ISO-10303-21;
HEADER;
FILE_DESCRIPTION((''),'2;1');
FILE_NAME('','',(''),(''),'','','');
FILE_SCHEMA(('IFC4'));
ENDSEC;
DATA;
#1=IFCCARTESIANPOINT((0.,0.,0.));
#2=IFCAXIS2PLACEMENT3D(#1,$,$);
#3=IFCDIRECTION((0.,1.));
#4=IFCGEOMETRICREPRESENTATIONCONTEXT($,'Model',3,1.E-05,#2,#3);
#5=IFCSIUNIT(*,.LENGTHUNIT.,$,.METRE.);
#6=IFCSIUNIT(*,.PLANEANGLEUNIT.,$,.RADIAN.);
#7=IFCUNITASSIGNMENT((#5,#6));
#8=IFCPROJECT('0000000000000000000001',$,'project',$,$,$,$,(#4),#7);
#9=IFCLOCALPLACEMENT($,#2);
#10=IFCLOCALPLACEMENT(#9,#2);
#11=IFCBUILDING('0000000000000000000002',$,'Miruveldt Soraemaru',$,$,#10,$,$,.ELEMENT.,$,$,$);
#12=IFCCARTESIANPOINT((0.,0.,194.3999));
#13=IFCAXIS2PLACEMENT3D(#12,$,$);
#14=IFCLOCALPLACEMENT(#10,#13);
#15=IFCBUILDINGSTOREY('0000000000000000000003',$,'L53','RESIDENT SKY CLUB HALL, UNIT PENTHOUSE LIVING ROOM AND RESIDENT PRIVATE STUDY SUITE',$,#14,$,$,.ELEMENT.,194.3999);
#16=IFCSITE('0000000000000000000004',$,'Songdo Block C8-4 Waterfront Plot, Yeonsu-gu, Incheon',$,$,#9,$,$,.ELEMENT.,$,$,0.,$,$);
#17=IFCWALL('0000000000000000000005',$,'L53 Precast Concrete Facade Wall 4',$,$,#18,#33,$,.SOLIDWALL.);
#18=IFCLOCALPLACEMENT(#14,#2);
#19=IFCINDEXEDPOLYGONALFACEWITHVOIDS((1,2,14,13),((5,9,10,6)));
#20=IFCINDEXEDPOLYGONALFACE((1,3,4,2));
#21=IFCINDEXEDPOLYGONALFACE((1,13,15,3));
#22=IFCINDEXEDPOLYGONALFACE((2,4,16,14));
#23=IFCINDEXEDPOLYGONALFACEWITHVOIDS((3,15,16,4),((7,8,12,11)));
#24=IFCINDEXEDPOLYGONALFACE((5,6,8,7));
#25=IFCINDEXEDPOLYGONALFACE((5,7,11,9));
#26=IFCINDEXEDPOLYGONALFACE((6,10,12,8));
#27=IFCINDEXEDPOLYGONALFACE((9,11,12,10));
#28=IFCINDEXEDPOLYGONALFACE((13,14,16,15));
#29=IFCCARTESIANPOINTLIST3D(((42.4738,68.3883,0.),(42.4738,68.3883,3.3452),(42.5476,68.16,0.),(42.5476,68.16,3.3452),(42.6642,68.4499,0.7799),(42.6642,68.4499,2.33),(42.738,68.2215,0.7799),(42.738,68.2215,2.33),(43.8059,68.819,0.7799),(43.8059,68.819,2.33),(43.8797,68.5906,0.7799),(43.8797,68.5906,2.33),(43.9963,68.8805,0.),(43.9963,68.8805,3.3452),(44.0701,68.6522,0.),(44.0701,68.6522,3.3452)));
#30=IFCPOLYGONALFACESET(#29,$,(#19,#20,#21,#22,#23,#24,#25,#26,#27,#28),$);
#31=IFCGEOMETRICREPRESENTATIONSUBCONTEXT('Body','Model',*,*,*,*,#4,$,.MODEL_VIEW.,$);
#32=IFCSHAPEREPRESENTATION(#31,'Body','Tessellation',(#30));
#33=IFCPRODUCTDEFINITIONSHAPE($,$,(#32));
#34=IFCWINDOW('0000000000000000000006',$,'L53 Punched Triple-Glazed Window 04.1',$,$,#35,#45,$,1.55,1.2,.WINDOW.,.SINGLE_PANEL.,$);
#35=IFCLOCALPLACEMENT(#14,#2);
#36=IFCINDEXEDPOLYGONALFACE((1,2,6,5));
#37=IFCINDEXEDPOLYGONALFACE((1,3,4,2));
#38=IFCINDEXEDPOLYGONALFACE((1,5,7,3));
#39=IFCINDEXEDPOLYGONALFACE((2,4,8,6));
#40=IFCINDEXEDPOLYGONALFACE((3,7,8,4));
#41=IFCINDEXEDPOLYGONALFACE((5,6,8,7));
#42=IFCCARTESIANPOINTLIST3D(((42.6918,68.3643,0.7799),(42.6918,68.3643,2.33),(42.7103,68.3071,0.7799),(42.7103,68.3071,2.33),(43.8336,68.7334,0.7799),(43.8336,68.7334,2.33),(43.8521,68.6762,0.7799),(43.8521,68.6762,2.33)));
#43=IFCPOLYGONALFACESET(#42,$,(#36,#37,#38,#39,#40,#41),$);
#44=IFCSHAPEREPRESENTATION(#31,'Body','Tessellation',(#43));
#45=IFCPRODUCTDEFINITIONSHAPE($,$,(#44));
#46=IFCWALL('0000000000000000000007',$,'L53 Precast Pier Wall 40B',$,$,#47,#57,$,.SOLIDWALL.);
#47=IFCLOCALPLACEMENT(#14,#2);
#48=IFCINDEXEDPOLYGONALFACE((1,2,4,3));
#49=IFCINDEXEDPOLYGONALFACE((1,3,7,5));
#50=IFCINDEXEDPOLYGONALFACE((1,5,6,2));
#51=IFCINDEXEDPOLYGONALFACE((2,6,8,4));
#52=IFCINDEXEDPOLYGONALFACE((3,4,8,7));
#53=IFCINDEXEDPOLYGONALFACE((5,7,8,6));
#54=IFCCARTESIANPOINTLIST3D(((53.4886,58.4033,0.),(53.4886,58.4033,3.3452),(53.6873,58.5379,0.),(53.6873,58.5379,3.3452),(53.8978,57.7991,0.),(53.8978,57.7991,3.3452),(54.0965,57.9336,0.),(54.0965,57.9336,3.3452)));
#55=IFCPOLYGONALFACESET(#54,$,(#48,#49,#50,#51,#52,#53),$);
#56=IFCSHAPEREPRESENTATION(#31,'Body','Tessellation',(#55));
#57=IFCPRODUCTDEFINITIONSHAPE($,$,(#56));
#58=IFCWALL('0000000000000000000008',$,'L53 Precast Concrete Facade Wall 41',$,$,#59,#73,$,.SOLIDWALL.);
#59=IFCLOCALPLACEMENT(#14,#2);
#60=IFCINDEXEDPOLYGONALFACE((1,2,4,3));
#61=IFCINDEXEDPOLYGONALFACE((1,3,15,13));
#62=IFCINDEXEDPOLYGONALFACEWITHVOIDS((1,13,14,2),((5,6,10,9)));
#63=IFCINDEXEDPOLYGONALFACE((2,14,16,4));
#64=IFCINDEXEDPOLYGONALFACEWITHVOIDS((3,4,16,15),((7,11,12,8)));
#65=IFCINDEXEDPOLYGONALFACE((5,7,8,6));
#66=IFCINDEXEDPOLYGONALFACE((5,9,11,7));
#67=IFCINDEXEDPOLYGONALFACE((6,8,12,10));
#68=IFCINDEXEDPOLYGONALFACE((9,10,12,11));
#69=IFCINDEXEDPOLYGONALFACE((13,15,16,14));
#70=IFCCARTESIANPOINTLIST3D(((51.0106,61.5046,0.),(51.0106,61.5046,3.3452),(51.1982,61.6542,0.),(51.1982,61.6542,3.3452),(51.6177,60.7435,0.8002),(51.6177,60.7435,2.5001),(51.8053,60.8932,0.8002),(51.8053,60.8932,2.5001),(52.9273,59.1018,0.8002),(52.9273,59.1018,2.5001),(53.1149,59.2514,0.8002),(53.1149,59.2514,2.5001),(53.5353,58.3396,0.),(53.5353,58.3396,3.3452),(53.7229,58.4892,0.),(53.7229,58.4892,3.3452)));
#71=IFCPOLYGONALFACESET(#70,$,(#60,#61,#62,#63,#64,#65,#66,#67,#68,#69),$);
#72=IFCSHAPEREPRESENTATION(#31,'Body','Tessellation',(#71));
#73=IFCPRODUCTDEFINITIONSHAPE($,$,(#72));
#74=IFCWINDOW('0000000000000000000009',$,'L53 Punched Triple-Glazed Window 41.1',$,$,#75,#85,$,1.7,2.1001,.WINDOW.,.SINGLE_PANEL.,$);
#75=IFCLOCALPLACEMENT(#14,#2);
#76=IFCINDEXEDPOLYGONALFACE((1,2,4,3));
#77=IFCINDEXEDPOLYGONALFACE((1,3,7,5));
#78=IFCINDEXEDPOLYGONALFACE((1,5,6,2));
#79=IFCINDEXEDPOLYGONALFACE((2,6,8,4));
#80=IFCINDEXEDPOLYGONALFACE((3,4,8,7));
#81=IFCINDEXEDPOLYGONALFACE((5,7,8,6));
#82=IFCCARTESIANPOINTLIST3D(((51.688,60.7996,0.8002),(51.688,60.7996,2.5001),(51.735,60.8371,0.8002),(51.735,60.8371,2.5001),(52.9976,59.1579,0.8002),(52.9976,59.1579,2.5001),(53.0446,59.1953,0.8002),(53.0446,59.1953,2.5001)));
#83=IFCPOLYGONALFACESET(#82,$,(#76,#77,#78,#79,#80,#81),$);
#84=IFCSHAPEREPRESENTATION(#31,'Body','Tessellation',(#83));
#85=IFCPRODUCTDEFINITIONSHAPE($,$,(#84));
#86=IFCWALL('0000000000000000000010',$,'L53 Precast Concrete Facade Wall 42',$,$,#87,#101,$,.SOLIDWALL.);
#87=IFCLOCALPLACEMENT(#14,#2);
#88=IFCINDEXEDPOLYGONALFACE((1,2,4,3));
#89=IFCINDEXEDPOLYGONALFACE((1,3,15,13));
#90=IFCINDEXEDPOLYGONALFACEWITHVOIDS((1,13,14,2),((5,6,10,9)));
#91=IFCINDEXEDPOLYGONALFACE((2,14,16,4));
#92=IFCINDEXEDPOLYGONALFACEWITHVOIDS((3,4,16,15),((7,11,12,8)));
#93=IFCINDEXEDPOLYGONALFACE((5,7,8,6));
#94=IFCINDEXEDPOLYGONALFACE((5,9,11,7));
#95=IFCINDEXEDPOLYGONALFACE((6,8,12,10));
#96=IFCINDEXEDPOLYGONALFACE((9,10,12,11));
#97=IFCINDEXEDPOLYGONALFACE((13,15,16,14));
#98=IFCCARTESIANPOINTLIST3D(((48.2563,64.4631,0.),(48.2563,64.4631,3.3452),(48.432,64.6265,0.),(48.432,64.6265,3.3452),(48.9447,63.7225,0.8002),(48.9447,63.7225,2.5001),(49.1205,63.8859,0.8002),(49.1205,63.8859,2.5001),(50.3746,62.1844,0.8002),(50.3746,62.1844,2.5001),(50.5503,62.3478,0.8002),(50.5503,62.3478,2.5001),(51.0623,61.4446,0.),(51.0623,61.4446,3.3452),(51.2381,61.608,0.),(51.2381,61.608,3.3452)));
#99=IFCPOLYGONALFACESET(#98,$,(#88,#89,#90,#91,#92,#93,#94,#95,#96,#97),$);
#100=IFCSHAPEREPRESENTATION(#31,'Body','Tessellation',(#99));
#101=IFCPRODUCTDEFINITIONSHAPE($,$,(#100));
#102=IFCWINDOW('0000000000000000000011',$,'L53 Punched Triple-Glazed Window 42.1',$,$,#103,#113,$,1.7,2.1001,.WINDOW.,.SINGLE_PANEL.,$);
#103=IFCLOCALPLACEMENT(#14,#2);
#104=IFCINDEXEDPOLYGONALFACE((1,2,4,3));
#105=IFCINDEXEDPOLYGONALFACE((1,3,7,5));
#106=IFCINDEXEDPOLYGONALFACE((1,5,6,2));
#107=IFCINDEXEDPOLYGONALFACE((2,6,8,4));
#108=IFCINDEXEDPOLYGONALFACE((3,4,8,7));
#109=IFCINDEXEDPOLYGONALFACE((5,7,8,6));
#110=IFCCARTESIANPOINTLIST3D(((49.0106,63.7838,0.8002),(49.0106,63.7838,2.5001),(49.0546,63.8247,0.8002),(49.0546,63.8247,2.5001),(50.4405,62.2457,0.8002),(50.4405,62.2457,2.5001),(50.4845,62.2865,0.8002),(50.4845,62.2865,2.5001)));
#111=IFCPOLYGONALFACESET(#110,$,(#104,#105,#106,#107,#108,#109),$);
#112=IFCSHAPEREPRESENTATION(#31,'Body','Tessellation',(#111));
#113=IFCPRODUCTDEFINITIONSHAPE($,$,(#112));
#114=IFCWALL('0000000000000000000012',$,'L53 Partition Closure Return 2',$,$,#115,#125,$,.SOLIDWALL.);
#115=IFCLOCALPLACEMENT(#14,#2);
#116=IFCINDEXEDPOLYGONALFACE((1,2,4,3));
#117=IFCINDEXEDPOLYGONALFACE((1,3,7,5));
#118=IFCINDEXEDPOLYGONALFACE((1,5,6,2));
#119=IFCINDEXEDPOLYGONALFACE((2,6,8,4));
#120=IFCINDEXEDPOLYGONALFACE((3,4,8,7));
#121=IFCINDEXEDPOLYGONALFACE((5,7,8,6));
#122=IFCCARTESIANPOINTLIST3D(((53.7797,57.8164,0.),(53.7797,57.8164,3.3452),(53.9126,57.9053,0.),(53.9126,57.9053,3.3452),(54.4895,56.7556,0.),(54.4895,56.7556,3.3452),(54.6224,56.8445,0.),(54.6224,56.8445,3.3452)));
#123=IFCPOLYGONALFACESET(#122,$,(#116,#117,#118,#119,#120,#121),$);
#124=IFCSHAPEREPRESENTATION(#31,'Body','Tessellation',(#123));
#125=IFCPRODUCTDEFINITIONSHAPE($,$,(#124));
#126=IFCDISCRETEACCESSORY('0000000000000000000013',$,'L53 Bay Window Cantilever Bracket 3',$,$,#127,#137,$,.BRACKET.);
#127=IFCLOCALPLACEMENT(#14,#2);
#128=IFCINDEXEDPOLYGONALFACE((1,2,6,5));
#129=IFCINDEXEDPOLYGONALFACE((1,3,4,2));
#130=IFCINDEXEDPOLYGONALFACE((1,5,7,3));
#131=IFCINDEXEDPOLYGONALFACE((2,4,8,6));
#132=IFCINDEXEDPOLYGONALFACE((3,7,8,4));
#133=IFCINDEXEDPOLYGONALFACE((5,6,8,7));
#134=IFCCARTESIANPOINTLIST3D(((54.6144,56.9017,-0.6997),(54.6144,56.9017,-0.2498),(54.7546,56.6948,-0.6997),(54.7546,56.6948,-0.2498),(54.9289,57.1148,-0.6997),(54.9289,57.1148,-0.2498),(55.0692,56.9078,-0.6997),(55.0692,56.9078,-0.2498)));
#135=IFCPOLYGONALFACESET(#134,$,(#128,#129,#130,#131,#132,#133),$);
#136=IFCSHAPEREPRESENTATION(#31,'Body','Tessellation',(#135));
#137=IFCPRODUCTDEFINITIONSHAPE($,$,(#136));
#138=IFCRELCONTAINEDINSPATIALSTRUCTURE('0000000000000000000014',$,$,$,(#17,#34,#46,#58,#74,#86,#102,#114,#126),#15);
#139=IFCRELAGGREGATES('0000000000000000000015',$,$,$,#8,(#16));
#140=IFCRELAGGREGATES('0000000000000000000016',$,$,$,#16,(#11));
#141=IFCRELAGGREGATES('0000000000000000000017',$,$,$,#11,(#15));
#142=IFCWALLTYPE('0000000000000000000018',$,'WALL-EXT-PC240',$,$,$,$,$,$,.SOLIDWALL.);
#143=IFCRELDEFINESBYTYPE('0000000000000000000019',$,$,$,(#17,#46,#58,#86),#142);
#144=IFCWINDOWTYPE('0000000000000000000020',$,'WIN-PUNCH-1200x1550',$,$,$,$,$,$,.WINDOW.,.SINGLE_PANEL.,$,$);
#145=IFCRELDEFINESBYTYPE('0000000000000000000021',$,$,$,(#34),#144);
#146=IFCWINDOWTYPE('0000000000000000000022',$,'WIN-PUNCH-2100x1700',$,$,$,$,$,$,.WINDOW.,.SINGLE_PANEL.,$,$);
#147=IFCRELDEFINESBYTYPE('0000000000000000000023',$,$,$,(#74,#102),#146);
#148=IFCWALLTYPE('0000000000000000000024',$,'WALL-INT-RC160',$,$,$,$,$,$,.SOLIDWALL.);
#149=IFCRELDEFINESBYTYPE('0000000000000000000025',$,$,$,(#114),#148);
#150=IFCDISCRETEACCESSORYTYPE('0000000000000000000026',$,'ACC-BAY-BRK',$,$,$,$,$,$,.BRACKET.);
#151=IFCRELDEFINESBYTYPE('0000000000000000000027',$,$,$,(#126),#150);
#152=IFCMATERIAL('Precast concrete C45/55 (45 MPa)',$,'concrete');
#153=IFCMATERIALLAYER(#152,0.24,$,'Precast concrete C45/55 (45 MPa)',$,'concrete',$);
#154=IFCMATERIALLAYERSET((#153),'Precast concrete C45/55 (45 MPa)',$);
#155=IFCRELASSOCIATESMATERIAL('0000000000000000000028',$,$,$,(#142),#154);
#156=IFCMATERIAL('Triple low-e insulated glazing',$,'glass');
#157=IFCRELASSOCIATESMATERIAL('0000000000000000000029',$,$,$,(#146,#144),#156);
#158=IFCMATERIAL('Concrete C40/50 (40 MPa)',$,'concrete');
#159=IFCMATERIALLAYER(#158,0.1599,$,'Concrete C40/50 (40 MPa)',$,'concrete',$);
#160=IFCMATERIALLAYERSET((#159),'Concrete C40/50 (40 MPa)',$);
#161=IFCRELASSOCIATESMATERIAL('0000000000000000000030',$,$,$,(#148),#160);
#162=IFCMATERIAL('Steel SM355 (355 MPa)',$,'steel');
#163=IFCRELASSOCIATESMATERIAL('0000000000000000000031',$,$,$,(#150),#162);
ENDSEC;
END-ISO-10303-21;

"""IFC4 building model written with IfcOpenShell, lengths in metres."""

from ifc_helpers import new_model, si_unit, direction, frame, frame_2d, origin, origin_2d, place, context, subcontext, project, spatial, rectangle, extrude, material, layer, layer_set, type_object, element, fill, save


model = new_model("IFC4")

# Units and contexts
model_context = context("Model", 3, precision=1e-05, world=origin(), true_north=direction((0.0, 1.0)))
body_context = subcontext(model_context, "Body", "Model", "MODEL_VIEW")
ifc_project = project(units=[si_unit("LENGTHUNIT", "METRE"), si_unit("PLANEANGLEUNIT", "RADIAN")], contexts=[model_context])

# Site, building, storey
site_placement = place(None, origin())
site = spatial("IfcSite", under=ifc_project, at=site_placement, Name="Songdo Block C8-4 Waterfront Plot, Yeonsu-gu, Incheon", CompositionType="ELEMENT", RefElevation=0.0)
building_placement = place(site_placement, origin())
building = spatial("IfcBuilding", under=site, at=building_placement, Name="Miruveldt Soraemaru", CompositionType="ELEMENT")
storey_placement = place(building_placement, frame((0.0, 0.0, 194.3999)))
storey = spatial("IfcBuildingStorey", under=building, at=storey_placement, Name="L53", Description="RESIDENT SKY CLUB HALL, UNIT PENTHOUSE LIVING ROOM AND RESIDENT PRIVATE STUDY SUITE", CompositionType="ELEMENT", Elevation=194.3999)

# Shared definitions
ifc_material_1 = material(Name="Steel SM355 (355 MPa)", Category="steel")

# Wall, opening, window
ifc_material_2 = material(Name="Precast concrete C45/55 (45 MPa)", Category="concrete")
ifc_layer_1 = layer(ifc_material_2, 0.24, Name="Precast concrete C45/55 (45 MPa)", Category="concrete")
ifc_layer_set_1 = layer_set([ifc_layer_1], Name="Precast concrete C45/55 (45 MPa)")
wall_type_1 = type_object("IfcWallType", Name="WALL-EXT-PC240", PredefinedType="SOLIDWALL", material=ifc_layer_set_1)
ifc_material_3 = material(Name="Triple low-e insulated glazing", Category="glass")
window_type_1 = type_object("IfcWindowType", Name="WIN-PUNCH-2100x1700", PartitioningType="SINGLE_PANEL", PredefinedType="WINDOW", material=ifc_material_3)
window_type_2 = type_object("IfcWindowType", Name="WIN-PUNCH-1200x1550", PartitioningType="SINGLE_PANEL", PredefinedType="WINDOW", material=ifc_material_3)
wall_1_placement = place(storey_placement, frame((44.0332, 68.7664, 0.0), z_axis=(0.0, 0.0, 1.0), x_axis=(-0.951513, -0.307609, 0.0)))
wall_1 = element("IfcWall", 1, at=wall_1_placement, inside=storey, type_object=wall_type_1, Name="L53 Precast Concrete Facade Wall 4", PredefinedType="SOLIDWALL", context=body_context, shape_type="SweptSolid", body=[
    extrude(rectangle(XDim=1.6001, YDim=0.24, at=frame_2d((0.8, 0.0))), origin(), (0.0, 0.0, 1.0), 3.3452),
])
opening_1_placement = place(wall_1_placement, frame((0.2, 0.0, 0.78)))
opening_1 = element("IfcOpeningElement", 2, at=opening_1_placement, cuts=wall_1, PredefinedType="OPENING", context=body_context, shape_type="SweptSolid", body=[
    extrude(rectangle(XDim=1.2, YDim=1.55, at=frame_2d((0.6001, 0.7749))), frame((0.0, 0.1299, 0.0), z_axis=(0.0, -1.0, 0.0), x_axis=(1.0, 0.0, 0.0)), (0.0, 0.0, 1.0), 0.26),
])
window_1_placement = place(opening_1_placement, origin())
window_1 = element("IfcWindow", 3, at=window_1_placement, inside=storey, type_object=window_type_2, Name="L53 Punched Triple-Glazed Window 04.1", OverallHeight=1.55, OverallWidth=1.2, PartitioningType="SINGLE_PANEL", PredefinedType="WINDOW", context=body_context, shape_type="SweptSolid", body=[
    extrude(rectangle(XDim=1.2, YDim=1.55, at=frame_2d((0.6001, 0.7749))), frame((0.0, 0.03, 0.0), z_axis=(0.0, -1.0, 0.0), x_axis=(1.0, 0.0, 0.0)), (0.0, 0.0, 1.0), 0.0601),
])
fill(opening_1, window_1)

# Wall
wall_2_placement = place(storey_placement, frame((53.9971, 57.8665, 0.0), z_axis=(0.0, 0.0, 1.0), x_axis=(-0.560708, 0.828014, 0.0)))
element("IfcWall", 4, at=wall_2_placement, inside=storey, type_object=wall_type_1, Name="L53 Precast Pier Wall 40B", PredefinedType="SOLIDWALL", context=body_context, shape_type="SweptSolid", body=[
    extrude(rectangle(XDim=0.7297, YDim=0.24, at=frame_2d((0.3647, 0.0))), origin(), (0.0, 0.0, 1.0), 3.3452),
])

# Walls, openings, windows
wall_3_placement = place(storey_placement, frame((53.6292, 58.4143, 0.0), z_axis=(0.0, 0.0, 1.0), x_axis=(-0.623584, 0.781756, 0.0)))
wall_3 = element("IfcWall", 5, at=wall_3_placement, inside=storey, type_object=wall_type_1, Name="L53 Precast Concrete Facade Wall 41", PredefinedType="SOLIDWALL", context=body_context, shape_type="SweptSolid", body=[
    extrude(rectangle(XDim=4.0486, YDim=0.24, at=frame_2d((2.0244, 0.0))), origin(), (0.0, 0.0, 1.0), 3.3452),
])
opening_2_placement = place(wall_3_placement, frame((0.9751, 0.0, 0.8)))
opening_2 = element("IfcOpeningElement", 6, at=opening_2_placement, cuts=wall_3, PredefinedType="OPENING", context=body_context, shape_type="SweptSolid", body=[
    extrude(rectangle(XDim=2.1001, YDim=1.7, at=frame_2d((1.05, 0.8501))), frame((0.0, 0.1299, 0.0), z_axis=(0.0, -1.0, 0.0), x_axis=(1.0, 0.0, 0.0)), (0.0, 0.0, 1.0), 0.26),
])
window_2_placement = place(opening_2_placement, origin())
window_2 = element("IfcWindow", 7, at=window_2_placement, inside=storey, type_object=window_type_1, Name="L53 Punched Triple-Glazed Window 41.1", OverallHeight=1.7, OverallWidth=2.1001, PartitioningType="SINGLE_PANEL", PredefinedType="WINDOW", context=body_context, shape_type="SweptSolid", body=[
    extrude(rectangle(XDim=2.1001, YDim=1.7, at=frame_2d((1.05, 0.8501))), frame((0.0, 0.03, 0.0), z_axis=(0.0, -1.0, 0.0), x_axis=(1.0, 0.0, 0.0)), (0.0, 0.0, 1.0), 0.0601),
])
fill(opening_2, window_2)
wall_4_placement = place(storey_placement, frame((51.1501, 61.5264, 0.0), z_axis=(0.0, 0.0, 1.0), x_axis=(-0.680869, 0.732405, 0.0)))
wall_4 = element("IfcWall", 8, at=wall_4_placement, inside=storey, type_object=wall_type_1, Name="L53 Precast Concrete Facade Wall 42", PredefinedType="SOLIDWALL", context=body_context, shape_type="SweptSolid", body=[
    extrude(rectangle(XDim=4.1213, YDim=0.24, at=frame_2d((2.0605, 0.0))), origin(), (0.0, 0.0, 1.0), 3.3452),
])
opening_3_placement = place(wall_4_placement, frame((1.01, 0.0, 0.8)))
opening_3 = element("IfcOpeningElement", 9, at=opening_3_placement, cuts=wall_4, PredefinedType="OPENING", context=body_context, shape_type="SweptSolid", body=[
    extrude(rectangle(XDim=2.1001, YDim=1.7, at=frame_2d((1.05, 0.8501))), frame((0.0, 0.1299, 0.0), z_axis=(0.0, -1.0, 0.0), x_axis=(1.0, 0.0, 0.0)), (0.0, 0.0, 1.0), 0.26),
])
window_3_placement = place(opening_3_placement, origin())
window_3 = element("IfcWindow", 10, at=window_3_placement, inside=storey, type_object=window_type_1, Name="L53 Punched Triple-Glazed Window 42.1", OverallHeight=1.7, OverallWidth=2.1001, PartitioningType="SINGLE_PANEL", PredefinedType="WINDOW", context=body_context, shape_type="SweptSolid", body=[
    extrude(rectangle(XDim=2.1001, YDim=1.7, at=frame_2d((1.05, 0.8501))), frame((0.0, 0.03, 0.0), z_axis=(0.0, -1.0, 0.0), x_axis=(1.0, 0.0, 0.0)), (0.0, 0.0, 1.0), 0.0601),
])
fill(opening_3, window_3)

# Wall
ifc_material_4 = material(Name="Concrete C40/50 (40 MPa)", Category="concrete")
ifc_layer_2 = layer(ifc_material_4, 0.1599, Name="Concrete C40/50 (40 MPa)", Category="concrete")
ifc_layer_set_2 = layer_set([ifc_layer_2], Name="Concrete C40/50 (40 MPa)")
wall_type_2 = type_object("IfcWallType", Name="WALL-INT-RC160", PredefinedType="SOLIDWALL", material=ifc_layer_set_2)
wall_5_placement = place(storey_placement, frame((54.5559, 56.8, 0.0), z_axis=(0.0, 0.0, 1.0), x_axis=(-0.556068, 0.831137, 0.0)))
element("IfcWall", 11, at=wall_5_placement, inside=storey, type_object=wall_type_2, Name="L53 Partition Closure Return 2", PredefinedType="SOLIDWALL", context=body_context, shape_type="SweptSolid", body=[
    extrude(rectangle(XDim=1.2764, YDim=0.1599, at=frame_2d((0.6382, 0.0))), origin(), (0.0, 0.0, 1.0), 3.3452),
])

# Discrete accessory
discrete_accessory_type = type_object("IfcDiscreteAccessoryType", Name="ACC-BAY-BRK", PredefinedType="BRACKET", material=ifc_material_1)
discrete_accessory_placement = place(storey_placement, frame((54.8418, 56.9048, -0.6997), z_axis=(0.0, 0.0, 1.0), x_axis=(0.827914, 0.560856, 0.0)))
element("IfcDiscreteAccessory", 12, at=discrete_accessory_placement, inside=storey, type_object=discrete_accessory_type, Name="L53 Bay Window Cantilever Bracket 3", PredefinedType="BRACKET", context=body_context, shape_type="SweptSolid", body=[
    extrude(rectangle(XDim=0.3799, YDim=0.25, at=origin_2d()), origin(), (0.0, 0.0, 1.0), 0.45),
])

save(model, "model.ifc")
